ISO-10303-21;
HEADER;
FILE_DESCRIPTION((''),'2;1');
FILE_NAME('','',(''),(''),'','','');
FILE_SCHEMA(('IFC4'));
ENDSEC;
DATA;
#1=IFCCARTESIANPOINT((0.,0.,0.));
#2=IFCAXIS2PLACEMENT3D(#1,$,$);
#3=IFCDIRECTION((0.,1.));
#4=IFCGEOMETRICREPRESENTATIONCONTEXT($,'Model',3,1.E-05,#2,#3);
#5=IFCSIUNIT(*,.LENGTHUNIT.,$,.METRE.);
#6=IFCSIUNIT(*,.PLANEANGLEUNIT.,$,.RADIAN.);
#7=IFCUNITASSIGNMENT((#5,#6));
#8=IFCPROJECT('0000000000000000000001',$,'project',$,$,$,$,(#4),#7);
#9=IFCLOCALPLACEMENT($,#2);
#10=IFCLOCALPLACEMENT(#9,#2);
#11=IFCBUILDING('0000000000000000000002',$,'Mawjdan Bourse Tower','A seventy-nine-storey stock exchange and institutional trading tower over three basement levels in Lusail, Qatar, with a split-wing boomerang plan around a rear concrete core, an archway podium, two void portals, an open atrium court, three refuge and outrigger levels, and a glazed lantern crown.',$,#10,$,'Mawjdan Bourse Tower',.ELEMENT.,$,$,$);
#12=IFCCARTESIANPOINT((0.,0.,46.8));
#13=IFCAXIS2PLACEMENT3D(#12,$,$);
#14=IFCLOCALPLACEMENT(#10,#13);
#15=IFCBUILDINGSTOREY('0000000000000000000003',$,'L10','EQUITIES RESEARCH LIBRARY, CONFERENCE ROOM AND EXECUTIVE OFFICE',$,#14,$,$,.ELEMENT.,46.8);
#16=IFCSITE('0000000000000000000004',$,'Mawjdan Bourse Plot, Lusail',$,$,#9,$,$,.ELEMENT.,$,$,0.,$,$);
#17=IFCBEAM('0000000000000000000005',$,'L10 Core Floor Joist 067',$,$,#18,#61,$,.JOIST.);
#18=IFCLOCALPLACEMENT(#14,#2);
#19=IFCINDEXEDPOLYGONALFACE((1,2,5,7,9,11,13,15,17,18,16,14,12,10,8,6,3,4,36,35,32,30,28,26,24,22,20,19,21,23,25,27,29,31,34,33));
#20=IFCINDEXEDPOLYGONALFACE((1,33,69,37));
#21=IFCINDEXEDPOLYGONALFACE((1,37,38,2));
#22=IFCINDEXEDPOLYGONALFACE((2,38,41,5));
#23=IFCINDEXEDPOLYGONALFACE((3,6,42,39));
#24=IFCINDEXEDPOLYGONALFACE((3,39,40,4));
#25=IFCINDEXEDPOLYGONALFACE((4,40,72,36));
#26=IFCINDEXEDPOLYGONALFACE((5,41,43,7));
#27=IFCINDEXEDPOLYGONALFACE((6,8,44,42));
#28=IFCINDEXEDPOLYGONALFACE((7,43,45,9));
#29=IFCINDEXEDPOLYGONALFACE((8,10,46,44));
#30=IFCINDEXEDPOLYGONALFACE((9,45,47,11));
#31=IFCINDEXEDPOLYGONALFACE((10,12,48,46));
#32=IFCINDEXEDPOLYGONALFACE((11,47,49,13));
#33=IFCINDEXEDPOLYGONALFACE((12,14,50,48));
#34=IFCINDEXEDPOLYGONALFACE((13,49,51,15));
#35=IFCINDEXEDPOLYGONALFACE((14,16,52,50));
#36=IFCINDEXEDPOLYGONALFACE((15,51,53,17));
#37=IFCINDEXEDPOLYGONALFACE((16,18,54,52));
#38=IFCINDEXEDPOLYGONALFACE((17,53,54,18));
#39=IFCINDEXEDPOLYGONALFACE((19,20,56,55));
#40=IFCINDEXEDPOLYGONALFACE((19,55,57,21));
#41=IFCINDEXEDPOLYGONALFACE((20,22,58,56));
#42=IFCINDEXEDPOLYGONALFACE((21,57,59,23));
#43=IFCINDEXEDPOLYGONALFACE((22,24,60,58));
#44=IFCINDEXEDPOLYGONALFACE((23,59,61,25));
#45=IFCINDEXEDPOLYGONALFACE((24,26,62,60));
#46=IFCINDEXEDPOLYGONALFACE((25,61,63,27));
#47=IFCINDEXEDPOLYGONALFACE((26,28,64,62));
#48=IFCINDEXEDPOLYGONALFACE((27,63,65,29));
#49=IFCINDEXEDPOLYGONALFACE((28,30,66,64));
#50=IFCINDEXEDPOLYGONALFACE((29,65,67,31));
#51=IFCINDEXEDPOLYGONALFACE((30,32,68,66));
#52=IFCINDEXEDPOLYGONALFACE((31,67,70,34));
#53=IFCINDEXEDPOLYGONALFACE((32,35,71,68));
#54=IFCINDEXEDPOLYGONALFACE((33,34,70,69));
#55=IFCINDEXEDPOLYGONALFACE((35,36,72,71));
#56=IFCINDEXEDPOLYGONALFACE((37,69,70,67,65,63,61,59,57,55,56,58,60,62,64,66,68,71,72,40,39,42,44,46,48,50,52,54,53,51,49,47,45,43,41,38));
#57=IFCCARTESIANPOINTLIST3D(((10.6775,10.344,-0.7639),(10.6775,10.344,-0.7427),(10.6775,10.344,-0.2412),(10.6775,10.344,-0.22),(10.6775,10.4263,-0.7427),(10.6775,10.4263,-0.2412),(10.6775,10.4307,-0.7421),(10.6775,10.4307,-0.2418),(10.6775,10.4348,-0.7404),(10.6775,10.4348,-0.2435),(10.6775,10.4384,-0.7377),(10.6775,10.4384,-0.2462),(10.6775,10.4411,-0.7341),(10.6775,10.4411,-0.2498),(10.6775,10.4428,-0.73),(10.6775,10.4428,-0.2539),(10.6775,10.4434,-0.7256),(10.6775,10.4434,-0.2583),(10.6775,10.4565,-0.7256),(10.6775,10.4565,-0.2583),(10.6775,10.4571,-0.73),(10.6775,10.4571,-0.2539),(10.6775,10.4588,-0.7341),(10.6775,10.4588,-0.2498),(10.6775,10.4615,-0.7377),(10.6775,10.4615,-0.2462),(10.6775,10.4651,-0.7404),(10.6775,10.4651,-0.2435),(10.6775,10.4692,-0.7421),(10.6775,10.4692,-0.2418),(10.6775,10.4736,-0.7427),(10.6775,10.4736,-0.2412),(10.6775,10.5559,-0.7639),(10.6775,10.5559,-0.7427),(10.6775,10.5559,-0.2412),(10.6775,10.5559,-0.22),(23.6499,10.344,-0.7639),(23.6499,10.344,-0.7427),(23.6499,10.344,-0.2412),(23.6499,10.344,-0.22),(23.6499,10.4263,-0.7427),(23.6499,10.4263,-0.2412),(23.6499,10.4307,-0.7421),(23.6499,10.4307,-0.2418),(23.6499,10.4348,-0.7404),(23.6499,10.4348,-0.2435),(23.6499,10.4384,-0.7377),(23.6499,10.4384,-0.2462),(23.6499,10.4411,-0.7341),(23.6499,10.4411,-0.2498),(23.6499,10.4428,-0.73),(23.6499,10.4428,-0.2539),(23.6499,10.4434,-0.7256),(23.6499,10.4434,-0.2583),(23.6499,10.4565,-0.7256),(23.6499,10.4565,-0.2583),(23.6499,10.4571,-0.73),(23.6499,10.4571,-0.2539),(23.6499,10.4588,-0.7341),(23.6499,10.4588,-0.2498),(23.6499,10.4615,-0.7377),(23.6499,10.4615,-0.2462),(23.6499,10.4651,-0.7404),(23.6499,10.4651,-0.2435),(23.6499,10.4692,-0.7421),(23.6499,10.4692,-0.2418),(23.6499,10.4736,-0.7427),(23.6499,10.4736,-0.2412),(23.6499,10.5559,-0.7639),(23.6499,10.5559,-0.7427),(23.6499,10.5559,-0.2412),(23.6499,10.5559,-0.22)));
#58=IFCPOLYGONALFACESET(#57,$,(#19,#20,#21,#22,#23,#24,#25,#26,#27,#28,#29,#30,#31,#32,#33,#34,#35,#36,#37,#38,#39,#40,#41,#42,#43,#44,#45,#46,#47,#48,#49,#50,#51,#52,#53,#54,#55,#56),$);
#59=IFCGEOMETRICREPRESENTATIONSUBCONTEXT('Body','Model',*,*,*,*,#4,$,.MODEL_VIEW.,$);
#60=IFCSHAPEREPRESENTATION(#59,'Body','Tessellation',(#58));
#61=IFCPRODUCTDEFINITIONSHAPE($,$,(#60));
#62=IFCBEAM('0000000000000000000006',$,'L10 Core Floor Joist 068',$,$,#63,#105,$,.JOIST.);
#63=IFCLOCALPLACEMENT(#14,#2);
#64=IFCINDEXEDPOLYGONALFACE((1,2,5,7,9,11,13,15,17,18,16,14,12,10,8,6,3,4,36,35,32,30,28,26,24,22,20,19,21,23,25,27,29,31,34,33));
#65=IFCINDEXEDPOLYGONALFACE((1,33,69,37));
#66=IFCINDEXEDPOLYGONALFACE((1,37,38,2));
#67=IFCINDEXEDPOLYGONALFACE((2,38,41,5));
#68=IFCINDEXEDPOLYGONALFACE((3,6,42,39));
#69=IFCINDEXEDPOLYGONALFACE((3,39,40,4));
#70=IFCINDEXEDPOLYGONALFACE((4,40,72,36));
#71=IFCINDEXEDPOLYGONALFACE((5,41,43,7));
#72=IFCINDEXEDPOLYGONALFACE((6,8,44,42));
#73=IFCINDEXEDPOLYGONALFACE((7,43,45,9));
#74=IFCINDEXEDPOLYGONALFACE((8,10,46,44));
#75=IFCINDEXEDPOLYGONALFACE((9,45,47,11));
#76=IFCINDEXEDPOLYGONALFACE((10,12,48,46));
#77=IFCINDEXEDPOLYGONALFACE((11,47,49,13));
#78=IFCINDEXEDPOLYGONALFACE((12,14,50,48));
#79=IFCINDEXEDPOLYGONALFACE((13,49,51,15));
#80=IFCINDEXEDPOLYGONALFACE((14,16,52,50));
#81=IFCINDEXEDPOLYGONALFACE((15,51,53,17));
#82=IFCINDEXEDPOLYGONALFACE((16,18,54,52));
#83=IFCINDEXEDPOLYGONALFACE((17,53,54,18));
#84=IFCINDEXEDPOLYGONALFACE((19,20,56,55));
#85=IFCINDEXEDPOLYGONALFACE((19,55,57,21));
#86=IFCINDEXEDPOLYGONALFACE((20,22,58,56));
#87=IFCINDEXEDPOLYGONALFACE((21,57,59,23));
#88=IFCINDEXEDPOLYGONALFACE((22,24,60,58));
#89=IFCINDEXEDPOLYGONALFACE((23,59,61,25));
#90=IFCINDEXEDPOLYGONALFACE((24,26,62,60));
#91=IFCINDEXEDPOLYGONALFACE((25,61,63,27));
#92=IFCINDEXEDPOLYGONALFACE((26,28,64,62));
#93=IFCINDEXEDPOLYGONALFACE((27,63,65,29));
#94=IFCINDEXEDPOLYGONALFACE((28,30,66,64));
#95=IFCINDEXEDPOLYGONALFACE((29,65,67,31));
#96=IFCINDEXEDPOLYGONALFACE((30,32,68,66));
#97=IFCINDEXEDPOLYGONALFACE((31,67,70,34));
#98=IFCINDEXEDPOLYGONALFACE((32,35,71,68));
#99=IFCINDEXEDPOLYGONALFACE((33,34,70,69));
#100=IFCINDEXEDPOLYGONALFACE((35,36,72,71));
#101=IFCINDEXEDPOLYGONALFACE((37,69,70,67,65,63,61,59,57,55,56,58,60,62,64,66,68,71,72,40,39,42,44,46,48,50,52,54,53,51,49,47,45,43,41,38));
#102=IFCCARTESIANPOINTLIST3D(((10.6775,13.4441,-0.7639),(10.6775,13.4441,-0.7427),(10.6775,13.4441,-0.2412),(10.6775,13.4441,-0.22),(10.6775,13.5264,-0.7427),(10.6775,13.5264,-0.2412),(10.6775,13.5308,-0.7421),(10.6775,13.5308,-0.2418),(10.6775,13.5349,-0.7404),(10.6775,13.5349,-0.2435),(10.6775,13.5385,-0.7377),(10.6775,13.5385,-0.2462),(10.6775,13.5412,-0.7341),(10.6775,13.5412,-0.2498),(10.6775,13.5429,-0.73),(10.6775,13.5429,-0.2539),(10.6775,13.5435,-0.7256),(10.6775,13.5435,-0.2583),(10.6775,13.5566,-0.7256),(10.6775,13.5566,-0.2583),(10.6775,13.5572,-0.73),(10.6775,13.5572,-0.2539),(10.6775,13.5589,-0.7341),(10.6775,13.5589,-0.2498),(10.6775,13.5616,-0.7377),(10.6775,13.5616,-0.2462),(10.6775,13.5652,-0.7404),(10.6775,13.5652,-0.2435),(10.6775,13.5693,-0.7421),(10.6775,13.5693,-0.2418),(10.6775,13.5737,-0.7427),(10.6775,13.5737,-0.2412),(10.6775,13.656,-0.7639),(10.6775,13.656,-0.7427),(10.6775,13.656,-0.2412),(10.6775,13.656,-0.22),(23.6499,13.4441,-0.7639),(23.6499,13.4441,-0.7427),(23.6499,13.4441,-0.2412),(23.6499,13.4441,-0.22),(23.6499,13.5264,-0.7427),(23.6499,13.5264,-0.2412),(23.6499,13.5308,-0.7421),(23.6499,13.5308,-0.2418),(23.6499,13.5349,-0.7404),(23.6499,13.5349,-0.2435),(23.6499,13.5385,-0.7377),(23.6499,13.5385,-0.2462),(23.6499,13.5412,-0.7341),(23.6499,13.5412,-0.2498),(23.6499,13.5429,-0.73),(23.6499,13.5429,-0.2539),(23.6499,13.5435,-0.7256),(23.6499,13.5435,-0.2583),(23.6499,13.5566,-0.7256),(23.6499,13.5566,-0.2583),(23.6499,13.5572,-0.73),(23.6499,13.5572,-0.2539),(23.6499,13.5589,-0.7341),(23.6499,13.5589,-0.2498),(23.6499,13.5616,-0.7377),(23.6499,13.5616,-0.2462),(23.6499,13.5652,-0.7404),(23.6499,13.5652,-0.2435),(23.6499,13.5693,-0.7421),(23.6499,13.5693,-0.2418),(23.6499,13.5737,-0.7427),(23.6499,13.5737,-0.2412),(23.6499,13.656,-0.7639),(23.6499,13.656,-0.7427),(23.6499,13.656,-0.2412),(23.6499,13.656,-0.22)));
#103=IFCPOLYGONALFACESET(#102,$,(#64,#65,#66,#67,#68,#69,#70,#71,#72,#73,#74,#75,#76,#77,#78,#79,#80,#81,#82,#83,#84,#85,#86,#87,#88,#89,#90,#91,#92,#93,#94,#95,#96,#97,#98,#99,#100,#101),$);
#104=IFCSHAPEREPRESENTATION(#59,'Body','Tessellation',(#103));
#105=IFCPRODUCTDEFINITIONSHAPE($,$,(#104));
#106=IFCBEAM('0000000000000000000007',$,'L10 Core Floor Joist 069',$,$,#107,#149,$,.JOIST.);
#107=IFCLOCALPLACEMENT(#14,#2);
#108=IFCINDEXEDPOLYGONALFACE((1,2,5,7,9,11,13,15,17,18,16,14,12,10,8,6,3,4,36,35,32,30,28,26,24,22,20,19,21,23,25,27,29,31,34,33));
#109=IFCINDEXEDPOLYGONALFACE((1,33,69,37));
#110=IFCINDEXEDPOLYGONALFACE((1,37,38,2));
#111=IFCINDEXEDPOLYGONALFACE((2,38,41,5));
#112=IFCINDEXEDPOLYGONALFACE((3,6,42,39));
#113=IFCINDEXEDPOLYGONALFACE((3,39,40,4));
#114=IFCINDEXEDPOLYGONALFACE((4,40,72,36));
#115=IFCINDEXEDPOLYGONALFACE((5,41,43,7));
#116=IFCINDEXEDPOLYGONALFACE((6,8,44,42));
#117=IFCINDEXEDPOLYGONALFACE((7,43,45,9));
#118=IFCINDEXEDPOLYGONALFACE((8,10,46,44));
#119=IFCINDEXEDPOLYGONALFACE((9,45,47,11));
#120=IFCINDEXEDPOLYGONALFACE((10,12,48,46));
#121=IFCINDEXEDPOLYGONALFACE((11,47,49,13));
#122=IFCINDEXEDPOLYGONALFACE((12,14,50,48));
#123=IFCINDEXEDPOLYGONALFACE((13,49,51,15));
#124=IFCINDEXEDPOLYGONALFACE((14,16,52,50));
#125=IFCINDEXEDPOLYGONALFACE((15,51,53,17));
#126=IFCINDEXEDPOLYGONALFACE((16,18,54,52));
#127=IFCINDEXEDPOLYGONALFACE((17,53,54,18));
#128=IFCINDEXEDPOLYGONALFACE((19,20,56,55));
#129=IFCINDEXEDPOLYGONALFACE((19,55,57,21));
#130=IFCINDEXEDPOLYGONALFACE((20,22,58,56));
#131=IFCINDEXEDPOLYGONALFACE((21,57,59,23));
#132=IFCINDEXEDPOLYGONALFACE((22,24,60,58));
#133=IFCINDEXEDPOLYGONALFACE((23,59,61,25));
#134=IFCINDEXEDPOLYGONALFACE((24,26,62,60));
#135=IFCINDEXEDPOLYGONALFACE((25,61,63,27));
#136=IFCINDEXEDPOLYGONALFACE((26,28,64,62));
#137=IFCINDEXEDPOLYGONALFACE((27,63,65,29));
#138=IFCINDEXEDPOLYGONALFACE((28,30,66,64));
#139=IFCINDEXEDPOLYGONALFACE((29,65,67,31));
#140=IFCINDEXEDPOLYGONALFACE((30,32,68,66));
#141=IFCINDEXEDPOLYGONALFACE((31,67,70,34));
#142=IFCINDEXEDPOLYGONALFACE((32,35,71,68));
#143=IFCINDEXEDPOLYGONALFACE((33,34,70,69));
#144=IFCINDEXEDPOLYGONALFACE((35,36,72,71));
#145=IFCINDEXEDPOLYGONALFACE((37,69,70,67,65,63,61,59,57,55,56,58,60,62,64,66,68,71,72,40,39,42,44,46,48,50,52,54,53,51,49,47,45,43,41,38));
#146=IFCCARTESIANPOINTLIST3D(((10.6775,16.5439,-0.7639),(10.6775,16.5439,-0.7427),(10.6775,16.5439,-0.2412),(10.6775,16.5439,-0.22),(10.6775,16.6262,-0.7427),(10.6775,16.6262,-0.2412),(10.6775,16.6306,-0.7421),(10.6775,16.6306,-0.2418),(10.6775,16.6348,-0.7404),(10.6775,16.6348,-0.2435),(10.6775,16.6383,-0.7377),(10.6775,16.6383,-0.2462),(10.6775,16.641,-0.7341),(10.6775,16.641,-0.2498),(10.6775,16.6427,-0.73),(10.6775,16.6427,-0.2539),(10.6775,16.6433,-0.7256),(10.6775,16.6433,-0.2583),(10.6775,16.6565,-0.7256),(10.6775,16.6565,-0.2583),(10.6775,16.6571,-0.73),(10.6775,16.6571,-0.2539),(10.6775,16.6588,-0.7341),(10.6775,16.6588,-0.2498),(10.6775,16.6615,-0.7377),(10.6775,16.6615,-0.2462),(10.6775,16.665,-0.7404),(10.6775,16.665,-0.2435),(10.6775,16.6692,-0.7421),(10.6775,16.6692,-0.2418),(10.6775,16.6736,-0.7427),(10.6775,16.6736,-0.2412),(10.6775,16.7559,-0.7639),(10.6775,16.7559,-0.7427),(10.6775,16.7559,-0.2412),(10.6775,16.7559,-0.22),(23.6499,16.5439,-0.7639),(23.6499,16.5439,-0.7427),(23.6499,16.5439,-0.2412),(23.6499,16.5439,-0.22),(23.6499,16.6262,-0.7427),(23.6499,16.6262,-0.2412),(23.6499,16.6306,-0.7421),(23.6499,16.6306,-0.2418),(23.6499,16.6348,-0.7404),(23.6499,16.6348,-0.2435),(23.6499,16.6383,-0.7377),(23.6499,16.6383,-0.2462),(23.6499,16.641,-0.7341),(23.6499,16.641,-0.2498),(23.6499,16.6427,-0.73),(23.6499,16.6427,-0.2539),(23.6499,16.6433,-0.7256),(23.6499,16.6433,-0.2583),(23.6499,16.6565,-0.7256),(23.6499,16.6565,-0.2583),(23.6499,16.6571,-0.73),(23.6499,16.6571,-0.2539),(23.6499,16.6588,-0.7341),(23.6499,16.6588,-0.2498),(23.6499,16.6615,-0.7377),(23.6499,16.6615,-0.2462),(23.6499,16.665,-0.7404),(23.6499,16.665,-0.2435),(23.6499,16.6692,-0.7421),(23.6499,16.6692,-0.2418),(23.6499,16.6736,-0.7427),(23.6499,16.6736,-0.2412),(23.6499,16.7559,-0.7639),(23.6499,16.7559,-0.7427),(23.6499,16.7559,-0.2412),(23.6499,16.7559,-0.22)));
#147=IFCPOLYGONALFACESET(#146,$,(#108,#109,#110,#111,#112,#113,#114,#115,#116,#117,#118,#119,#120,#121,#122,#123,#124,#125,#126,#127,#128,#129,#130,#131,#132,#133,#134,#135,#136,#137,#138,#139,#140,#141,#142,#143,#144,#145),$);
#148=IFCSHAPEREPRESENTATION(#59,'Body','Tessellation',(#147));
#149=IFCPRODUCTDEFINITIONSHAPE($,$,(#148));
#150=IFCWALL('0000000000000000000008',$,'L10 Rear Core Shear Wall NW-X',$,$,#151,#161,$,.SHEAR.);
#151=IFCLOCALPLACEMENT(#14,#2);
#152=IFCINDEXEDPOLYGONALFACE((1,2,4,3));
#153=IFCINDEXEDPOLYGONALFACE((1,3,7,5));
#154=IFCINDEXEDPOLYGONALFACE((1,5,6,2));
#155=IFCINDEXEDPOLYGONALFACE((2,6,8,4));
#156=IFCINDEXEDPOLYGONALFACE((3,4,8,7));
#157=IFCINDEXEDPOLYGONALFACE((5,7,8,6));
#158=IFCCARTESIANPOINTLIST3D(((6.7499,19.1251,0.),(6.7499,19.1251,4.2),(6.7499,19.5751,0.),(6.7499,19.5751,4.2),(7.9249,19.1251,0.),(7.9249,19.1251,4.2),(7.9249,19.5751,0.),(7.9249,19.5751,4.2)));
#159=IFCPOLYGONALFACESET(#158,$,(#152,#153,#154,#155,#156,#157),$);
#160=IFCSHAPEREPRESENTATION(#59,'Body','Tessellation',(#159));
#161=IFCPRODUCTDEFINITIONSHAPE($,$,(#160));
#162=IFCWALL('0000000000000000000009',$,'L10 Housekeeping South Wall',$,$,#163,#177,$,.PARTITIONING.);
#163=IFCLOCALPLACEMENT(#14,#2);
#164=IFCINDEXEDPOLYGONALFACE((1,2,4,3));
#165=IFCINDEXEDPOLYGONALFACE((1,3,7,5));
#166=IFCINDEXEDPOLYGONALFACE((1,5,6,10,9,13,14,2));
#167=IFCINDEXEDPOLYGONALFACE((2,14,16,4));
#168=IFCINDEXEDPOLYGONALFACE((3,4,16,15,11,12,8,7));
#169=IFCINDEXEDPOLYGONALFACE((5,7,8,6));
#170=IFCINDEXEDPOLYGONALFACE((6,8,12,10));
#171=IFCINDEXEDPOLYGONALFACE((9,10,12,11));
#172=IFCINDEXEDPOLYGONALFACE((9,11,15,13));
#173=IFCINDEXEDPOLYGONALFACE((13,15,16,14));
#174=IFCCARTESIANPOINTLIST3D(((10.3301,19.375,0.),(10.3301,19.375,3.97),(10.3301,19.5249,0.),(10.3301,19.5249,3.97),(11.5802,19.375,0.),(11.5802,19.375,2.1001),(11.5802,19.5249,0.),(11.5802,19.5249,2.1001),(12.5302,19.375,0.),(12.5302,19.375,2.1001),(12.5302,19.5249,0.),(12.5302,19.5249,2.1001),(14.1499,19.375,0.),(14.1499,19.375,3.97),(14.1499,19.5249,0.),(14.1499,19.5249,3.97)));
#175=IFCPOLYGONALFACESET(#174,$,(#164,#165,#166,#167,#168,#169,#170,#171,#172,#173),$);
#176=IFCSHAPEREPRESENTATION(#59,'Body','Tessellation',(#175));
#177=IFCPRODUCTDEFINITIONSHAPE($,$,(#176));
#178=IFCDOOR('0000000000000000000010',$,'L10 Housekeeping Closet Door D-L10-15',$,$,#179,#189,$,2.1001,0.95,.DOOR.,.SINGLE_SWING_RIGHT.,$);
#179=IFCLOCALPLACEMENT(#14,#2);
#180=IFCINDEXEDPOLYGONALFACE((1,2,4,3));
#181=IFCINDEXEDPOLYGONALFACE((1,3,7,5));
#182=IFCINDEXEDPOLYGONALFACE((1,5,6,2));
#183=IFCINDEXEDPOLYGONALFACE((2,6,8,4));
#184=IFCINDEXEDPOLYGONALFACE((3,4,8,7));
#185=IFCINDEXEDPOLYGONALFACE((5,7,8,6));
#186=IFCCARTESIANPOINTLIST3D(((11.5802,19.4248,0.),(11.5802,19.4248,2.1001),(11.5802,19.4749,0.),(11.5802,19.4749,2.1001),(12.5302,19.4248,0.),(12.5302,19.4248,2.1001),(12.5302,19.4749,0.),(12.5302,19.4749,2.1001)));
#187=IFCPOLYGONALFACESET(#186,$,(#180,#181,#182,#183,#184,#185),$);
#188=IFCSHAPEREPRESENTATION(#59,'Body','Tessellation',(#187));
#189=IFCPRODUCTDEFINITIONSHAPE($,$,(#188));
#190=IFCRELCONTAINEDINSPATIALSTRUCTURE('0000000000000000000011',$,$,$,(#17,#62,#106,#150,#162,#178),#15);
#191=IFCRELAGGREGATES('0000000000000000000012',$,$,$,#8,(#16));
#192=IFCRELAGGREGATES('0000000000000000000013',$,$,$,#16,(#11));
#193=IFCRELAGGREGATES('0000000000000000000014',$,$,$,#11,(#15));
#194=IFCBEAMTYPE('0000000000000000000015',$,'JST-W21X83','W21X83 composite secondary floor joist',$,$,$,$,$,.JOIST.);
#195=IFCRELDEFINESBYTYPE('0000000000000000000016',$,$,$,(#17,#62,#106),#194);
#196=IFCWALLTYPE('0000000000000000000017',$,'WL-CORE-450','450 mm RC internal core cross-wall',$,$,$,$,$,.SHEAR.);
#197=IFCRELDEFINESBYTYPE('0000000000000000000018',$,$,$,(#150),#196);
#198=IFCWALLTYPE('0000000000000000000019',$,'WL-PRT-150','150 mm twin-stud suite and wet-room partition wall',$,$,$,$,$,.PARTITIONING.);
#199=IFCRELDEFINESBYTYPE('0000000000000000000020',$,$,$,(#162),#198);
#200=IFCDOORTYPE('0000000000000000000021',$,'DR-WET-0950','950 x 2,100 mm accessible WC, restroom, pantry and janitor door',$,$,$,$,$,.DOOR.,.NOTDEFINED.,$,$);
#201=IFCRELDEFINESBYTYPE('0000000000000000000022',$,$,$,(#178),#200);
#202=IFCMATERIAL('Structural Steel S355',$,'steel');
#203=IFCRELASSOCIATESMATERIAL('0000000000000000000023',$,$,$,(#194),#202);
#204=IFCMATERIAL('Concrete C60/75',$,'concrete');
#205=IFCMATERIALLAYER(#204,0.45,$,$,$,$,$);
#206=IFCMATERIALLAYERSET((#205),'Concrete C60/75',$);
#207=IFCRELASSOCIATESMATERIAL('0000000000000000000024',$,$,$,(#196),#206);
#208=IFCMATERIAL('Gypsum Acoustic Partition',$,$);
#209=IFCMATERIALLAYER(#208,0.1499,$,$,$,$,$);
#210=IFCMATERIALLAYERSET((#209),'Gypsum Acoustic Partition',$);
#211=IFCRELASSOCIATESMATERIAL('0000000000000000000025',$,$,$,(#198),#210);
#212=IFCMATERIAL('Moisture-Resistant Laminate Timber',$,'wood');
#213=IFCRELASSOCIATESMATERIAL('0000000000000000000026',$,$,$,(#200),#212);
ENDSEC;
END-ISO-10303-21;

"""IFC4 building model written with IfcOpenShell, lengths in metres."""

from ifc_helpers import new_model, si_unit, direction, frame, frame_2d, origin, origin_2d, place, context, subcontext, project, spatial, rectangle, i_section, extrude, material, layer, layer_set, material_profile, profile_set, type_object, element, fill, save


model = new_model("IFC4")

# Units and contexts
model_context = context("Model", 3, precision=1e-05, world=origin(), true_north=direction((0.0, 1.0)))
body_context = subcontext(model_context, "Body", "Model", "MODEL_VIEW")
ifc_project = project(units=[si_unit("LENGTHUNIT", "METRE"), si_unit("PLANEANGLEUNIT", "RADIAN")], contexts=[model_context])

# Site, building, storey
site_placement = place(None, origin())
site = spatial("IfcSite", under=ifc_project, at=site_placement, Name="Mawjdan Bourse Plot, Lusail", CompositionType="ELEMENT", RefElevation=0.0)
building_placement = place(site_placement, origin())
building = spatial("IfcBuilding", under=site, at=building_placement, Name="Mawjdan Bourse Tower", Description="A seventy-nine-storey stock exchange and institutional trading tower over three basement levels in Lusail, Qatar, with a split-wing boomerang plan around a rear concrete core, an archway podium, two void portals, an open atrium court, three refuge and outrigger levels, and a glazed lantern crown.", LongName="Mawjdan Bourse Tower", CompositionType="ELEMENT")
storey_placement = place(building_placement, frame((0.0, 0.0, 46.8)))
storey = spatial("IfcBuildingStorey", under=building, at=storey_placement, Name="L10", Description="EQUITIES RESEARCH LIBRARY, CONFERENCE ROOM AND EXECUTIVE OFFICE", CompositionType="ELEMENT", Elevation=46.8)

# Beams
ifc_material_1 = material(Name="Structural Steel S355", Category="steel")
ifc_material_profile = material_profile(ifc_material_1, i_section(OverallWidth=0.2119, OverallDepth=0.5439, WebThickness=0.0132, FlangeThickness=0.0212, FilletRadius=0.0171, at=origin_2d()), Name="W21X83")
ifc_profile_set = profile_set([ifc_material_profile], Name="Structural Steel S355")
beam_type = type_object("IfcBeamType", Name="JST-W21X83", Description="W21X83 composite secondary floor joist", PredefinedType="JOIST", material=ifc_profile_set)
for number, where, z_axis, x_axis, name in (
    (1, (10.6775, 10.45, -0.4919), (1.0, 0.0, 0.0), (0.0, 1.0, 0.0), "L10 Core Floor Joist 067"),
    (2, (10.6775, 13.55, -0.4919), (1.0, 0.0, 0.0), (0.0, 1.0, 0.0), "L10 Core Floor Joist 068"),
    (3, (10.6775, 16.6499, -0.4919), (1.0, 0.0, 0.0), (0.0, 1.0, 0.0), "L10 Core Floor Joist 069"),
):
    element("IfcBeam", number, at=place(storey_placement, frame(where, z_axis=z_axis, x_axis=x_axis)), inside=storey, type_object=beam_type, Name=name, PredefinedType="JOIST", context=body_context, shape_type="SweptSolid", body=[
        extrude(i_section(OverallWidth=0.2119, OverallDepth=0.5439, WebThickness=0.0132, FlangeThickness=0.0212, FilletRadius=0.0171, at=origin_2d()), origin(), (0.0, 0.0, 1.0), 12.9724),
    ])

# Wall
ifc_material_2 = material(Name="Concrete C60/75", Category="concrete")
ifc_layer_1 = layer(ifc_material_2, 0.45)
ifc_layer_set_1 = layer_set([ifc_layer_1], Name="Concrete C60/75")
wall_type_1 = type_object("IfcWallType", Name="WL-CORE-450", Description="450 mm RC internal core cross-wall", PredefinedType="SHEAR", material=ifc_layer_set_1)
wall_1_placement = place(storey_placement, frame((6.75, 19.3501, 0.0), z_axis=(0.0, 0.0, 1.0), x_axis=(1.0, 0.0, 0.0)))
element("IfcWall", 4, at=wall_1_placement, inside=storey, type_object=wall_type_1, Name="L10 Rear Core Shear Wall NW-X", PredefinedType="SHEAR", context=body_context, shape_type="SweptSolid", body=[
    extrude(rectangle(XDim=1.175, YDim=0.45, at=frame_2d((0.5874, 0.0))), origin(), (0.0, 0.0, 1.0), 4.2),
])

# Wall, opening, door
ifc_material_3 = material(Name="Gypsum Acoustic Partition")
ifc_layer_2 = layer(ifc_material_3, 0.1499)
ifc_layer_set_2 = layer_set([ifc_layer_2], Name="Gypsum Acoustic Partition")
wall_type_2 = type_object("IfcWallType", Name="WL-PRT-150", Description="150 mm twin-stud suite and wet-room partition wall", PredefinedType="PARTITIONING", material=ifc_layer_set_2)
wall_2_placement = place(storey_placement, frame((10.3301, 19.45, 0.0), z_axis=(0.0, 0.0, 1.0), x_axis=(1.0, 0.0, 0.0)))
wall_2 = element("IfcWall", 5, at=wall_2_placement, inside=storey, type_object=wall_type_2, Name="L10 Housekeeping South Wall", PredefinedType="PARTITIONING", context=body_context, shape_type="SweptSolid", body=[
    extrude(rectangle(XDim=3.8198, YDim=0.1499, at=frame_2d((1.9099, 0.0))), origin(), (0.0, 0.0, 1.0), 3.97),
])
opening_1_placement = place(wall_2_placement, frame((1.25, 0.0, 0.0)))
opening_1 = element("IfcOpeningElement", 6, at=opening_1_placement, cuts=wall_2, PredefinedType="OPENING", context=body_context, shape_type="SweptSolid", body=[
    extrude(rectangle(XDim=0.95, YDim=2.1001, at=frame_2d((0.4751, 1.05))), frame((0.0, 0.085, 0.0), z_axis=(0.0, -1.0, 0.0), x_axis=(1.0, 0.0, 0.0)), (0.0, 0.0, 1.0), 0.1699),
])
ifc_material_4 = material(Name="Moisture-Resistant Laminate Timber", Category="wood")
door_type_1 = type_object("IfcDoorType", Name="DR-WET-0950", Description="950 x 2,100 mm accessible WC, restroom, pantry and janitor door", OperationType="NOTDEFINED", PredefinedType="DOOR", material=ifc_material_4)
door_1_placement = place(opening_1_placement, origin())
door_1 = element("IfcDoor", 7, at=door_1_placement, inside=storey, type_object=door_type_1, Name="L10 Housekeeping Closet Door D-L10-15", OperationType="SINGLE_SWING_RIGHT", OverallHeight=2.1001, OverallWidth=0.95, PredefinedType="DOOR", context=body_context, shape_type="SweptSolid", body=[
    extrude(rectangle(XDim=0.95, YDim=2.1001, at=frame_2d((0.4751, 1.05))), frame((0.0, 0.0249, 0.0), z_axis=(0.0, -1.0, 0.0), x_axis=(1.0, 0.0, 0.0)), (0.0, 0.0, 1.0), 0.05),
])
fill(opening_1, door_1)

save(model, "model.ifc")
